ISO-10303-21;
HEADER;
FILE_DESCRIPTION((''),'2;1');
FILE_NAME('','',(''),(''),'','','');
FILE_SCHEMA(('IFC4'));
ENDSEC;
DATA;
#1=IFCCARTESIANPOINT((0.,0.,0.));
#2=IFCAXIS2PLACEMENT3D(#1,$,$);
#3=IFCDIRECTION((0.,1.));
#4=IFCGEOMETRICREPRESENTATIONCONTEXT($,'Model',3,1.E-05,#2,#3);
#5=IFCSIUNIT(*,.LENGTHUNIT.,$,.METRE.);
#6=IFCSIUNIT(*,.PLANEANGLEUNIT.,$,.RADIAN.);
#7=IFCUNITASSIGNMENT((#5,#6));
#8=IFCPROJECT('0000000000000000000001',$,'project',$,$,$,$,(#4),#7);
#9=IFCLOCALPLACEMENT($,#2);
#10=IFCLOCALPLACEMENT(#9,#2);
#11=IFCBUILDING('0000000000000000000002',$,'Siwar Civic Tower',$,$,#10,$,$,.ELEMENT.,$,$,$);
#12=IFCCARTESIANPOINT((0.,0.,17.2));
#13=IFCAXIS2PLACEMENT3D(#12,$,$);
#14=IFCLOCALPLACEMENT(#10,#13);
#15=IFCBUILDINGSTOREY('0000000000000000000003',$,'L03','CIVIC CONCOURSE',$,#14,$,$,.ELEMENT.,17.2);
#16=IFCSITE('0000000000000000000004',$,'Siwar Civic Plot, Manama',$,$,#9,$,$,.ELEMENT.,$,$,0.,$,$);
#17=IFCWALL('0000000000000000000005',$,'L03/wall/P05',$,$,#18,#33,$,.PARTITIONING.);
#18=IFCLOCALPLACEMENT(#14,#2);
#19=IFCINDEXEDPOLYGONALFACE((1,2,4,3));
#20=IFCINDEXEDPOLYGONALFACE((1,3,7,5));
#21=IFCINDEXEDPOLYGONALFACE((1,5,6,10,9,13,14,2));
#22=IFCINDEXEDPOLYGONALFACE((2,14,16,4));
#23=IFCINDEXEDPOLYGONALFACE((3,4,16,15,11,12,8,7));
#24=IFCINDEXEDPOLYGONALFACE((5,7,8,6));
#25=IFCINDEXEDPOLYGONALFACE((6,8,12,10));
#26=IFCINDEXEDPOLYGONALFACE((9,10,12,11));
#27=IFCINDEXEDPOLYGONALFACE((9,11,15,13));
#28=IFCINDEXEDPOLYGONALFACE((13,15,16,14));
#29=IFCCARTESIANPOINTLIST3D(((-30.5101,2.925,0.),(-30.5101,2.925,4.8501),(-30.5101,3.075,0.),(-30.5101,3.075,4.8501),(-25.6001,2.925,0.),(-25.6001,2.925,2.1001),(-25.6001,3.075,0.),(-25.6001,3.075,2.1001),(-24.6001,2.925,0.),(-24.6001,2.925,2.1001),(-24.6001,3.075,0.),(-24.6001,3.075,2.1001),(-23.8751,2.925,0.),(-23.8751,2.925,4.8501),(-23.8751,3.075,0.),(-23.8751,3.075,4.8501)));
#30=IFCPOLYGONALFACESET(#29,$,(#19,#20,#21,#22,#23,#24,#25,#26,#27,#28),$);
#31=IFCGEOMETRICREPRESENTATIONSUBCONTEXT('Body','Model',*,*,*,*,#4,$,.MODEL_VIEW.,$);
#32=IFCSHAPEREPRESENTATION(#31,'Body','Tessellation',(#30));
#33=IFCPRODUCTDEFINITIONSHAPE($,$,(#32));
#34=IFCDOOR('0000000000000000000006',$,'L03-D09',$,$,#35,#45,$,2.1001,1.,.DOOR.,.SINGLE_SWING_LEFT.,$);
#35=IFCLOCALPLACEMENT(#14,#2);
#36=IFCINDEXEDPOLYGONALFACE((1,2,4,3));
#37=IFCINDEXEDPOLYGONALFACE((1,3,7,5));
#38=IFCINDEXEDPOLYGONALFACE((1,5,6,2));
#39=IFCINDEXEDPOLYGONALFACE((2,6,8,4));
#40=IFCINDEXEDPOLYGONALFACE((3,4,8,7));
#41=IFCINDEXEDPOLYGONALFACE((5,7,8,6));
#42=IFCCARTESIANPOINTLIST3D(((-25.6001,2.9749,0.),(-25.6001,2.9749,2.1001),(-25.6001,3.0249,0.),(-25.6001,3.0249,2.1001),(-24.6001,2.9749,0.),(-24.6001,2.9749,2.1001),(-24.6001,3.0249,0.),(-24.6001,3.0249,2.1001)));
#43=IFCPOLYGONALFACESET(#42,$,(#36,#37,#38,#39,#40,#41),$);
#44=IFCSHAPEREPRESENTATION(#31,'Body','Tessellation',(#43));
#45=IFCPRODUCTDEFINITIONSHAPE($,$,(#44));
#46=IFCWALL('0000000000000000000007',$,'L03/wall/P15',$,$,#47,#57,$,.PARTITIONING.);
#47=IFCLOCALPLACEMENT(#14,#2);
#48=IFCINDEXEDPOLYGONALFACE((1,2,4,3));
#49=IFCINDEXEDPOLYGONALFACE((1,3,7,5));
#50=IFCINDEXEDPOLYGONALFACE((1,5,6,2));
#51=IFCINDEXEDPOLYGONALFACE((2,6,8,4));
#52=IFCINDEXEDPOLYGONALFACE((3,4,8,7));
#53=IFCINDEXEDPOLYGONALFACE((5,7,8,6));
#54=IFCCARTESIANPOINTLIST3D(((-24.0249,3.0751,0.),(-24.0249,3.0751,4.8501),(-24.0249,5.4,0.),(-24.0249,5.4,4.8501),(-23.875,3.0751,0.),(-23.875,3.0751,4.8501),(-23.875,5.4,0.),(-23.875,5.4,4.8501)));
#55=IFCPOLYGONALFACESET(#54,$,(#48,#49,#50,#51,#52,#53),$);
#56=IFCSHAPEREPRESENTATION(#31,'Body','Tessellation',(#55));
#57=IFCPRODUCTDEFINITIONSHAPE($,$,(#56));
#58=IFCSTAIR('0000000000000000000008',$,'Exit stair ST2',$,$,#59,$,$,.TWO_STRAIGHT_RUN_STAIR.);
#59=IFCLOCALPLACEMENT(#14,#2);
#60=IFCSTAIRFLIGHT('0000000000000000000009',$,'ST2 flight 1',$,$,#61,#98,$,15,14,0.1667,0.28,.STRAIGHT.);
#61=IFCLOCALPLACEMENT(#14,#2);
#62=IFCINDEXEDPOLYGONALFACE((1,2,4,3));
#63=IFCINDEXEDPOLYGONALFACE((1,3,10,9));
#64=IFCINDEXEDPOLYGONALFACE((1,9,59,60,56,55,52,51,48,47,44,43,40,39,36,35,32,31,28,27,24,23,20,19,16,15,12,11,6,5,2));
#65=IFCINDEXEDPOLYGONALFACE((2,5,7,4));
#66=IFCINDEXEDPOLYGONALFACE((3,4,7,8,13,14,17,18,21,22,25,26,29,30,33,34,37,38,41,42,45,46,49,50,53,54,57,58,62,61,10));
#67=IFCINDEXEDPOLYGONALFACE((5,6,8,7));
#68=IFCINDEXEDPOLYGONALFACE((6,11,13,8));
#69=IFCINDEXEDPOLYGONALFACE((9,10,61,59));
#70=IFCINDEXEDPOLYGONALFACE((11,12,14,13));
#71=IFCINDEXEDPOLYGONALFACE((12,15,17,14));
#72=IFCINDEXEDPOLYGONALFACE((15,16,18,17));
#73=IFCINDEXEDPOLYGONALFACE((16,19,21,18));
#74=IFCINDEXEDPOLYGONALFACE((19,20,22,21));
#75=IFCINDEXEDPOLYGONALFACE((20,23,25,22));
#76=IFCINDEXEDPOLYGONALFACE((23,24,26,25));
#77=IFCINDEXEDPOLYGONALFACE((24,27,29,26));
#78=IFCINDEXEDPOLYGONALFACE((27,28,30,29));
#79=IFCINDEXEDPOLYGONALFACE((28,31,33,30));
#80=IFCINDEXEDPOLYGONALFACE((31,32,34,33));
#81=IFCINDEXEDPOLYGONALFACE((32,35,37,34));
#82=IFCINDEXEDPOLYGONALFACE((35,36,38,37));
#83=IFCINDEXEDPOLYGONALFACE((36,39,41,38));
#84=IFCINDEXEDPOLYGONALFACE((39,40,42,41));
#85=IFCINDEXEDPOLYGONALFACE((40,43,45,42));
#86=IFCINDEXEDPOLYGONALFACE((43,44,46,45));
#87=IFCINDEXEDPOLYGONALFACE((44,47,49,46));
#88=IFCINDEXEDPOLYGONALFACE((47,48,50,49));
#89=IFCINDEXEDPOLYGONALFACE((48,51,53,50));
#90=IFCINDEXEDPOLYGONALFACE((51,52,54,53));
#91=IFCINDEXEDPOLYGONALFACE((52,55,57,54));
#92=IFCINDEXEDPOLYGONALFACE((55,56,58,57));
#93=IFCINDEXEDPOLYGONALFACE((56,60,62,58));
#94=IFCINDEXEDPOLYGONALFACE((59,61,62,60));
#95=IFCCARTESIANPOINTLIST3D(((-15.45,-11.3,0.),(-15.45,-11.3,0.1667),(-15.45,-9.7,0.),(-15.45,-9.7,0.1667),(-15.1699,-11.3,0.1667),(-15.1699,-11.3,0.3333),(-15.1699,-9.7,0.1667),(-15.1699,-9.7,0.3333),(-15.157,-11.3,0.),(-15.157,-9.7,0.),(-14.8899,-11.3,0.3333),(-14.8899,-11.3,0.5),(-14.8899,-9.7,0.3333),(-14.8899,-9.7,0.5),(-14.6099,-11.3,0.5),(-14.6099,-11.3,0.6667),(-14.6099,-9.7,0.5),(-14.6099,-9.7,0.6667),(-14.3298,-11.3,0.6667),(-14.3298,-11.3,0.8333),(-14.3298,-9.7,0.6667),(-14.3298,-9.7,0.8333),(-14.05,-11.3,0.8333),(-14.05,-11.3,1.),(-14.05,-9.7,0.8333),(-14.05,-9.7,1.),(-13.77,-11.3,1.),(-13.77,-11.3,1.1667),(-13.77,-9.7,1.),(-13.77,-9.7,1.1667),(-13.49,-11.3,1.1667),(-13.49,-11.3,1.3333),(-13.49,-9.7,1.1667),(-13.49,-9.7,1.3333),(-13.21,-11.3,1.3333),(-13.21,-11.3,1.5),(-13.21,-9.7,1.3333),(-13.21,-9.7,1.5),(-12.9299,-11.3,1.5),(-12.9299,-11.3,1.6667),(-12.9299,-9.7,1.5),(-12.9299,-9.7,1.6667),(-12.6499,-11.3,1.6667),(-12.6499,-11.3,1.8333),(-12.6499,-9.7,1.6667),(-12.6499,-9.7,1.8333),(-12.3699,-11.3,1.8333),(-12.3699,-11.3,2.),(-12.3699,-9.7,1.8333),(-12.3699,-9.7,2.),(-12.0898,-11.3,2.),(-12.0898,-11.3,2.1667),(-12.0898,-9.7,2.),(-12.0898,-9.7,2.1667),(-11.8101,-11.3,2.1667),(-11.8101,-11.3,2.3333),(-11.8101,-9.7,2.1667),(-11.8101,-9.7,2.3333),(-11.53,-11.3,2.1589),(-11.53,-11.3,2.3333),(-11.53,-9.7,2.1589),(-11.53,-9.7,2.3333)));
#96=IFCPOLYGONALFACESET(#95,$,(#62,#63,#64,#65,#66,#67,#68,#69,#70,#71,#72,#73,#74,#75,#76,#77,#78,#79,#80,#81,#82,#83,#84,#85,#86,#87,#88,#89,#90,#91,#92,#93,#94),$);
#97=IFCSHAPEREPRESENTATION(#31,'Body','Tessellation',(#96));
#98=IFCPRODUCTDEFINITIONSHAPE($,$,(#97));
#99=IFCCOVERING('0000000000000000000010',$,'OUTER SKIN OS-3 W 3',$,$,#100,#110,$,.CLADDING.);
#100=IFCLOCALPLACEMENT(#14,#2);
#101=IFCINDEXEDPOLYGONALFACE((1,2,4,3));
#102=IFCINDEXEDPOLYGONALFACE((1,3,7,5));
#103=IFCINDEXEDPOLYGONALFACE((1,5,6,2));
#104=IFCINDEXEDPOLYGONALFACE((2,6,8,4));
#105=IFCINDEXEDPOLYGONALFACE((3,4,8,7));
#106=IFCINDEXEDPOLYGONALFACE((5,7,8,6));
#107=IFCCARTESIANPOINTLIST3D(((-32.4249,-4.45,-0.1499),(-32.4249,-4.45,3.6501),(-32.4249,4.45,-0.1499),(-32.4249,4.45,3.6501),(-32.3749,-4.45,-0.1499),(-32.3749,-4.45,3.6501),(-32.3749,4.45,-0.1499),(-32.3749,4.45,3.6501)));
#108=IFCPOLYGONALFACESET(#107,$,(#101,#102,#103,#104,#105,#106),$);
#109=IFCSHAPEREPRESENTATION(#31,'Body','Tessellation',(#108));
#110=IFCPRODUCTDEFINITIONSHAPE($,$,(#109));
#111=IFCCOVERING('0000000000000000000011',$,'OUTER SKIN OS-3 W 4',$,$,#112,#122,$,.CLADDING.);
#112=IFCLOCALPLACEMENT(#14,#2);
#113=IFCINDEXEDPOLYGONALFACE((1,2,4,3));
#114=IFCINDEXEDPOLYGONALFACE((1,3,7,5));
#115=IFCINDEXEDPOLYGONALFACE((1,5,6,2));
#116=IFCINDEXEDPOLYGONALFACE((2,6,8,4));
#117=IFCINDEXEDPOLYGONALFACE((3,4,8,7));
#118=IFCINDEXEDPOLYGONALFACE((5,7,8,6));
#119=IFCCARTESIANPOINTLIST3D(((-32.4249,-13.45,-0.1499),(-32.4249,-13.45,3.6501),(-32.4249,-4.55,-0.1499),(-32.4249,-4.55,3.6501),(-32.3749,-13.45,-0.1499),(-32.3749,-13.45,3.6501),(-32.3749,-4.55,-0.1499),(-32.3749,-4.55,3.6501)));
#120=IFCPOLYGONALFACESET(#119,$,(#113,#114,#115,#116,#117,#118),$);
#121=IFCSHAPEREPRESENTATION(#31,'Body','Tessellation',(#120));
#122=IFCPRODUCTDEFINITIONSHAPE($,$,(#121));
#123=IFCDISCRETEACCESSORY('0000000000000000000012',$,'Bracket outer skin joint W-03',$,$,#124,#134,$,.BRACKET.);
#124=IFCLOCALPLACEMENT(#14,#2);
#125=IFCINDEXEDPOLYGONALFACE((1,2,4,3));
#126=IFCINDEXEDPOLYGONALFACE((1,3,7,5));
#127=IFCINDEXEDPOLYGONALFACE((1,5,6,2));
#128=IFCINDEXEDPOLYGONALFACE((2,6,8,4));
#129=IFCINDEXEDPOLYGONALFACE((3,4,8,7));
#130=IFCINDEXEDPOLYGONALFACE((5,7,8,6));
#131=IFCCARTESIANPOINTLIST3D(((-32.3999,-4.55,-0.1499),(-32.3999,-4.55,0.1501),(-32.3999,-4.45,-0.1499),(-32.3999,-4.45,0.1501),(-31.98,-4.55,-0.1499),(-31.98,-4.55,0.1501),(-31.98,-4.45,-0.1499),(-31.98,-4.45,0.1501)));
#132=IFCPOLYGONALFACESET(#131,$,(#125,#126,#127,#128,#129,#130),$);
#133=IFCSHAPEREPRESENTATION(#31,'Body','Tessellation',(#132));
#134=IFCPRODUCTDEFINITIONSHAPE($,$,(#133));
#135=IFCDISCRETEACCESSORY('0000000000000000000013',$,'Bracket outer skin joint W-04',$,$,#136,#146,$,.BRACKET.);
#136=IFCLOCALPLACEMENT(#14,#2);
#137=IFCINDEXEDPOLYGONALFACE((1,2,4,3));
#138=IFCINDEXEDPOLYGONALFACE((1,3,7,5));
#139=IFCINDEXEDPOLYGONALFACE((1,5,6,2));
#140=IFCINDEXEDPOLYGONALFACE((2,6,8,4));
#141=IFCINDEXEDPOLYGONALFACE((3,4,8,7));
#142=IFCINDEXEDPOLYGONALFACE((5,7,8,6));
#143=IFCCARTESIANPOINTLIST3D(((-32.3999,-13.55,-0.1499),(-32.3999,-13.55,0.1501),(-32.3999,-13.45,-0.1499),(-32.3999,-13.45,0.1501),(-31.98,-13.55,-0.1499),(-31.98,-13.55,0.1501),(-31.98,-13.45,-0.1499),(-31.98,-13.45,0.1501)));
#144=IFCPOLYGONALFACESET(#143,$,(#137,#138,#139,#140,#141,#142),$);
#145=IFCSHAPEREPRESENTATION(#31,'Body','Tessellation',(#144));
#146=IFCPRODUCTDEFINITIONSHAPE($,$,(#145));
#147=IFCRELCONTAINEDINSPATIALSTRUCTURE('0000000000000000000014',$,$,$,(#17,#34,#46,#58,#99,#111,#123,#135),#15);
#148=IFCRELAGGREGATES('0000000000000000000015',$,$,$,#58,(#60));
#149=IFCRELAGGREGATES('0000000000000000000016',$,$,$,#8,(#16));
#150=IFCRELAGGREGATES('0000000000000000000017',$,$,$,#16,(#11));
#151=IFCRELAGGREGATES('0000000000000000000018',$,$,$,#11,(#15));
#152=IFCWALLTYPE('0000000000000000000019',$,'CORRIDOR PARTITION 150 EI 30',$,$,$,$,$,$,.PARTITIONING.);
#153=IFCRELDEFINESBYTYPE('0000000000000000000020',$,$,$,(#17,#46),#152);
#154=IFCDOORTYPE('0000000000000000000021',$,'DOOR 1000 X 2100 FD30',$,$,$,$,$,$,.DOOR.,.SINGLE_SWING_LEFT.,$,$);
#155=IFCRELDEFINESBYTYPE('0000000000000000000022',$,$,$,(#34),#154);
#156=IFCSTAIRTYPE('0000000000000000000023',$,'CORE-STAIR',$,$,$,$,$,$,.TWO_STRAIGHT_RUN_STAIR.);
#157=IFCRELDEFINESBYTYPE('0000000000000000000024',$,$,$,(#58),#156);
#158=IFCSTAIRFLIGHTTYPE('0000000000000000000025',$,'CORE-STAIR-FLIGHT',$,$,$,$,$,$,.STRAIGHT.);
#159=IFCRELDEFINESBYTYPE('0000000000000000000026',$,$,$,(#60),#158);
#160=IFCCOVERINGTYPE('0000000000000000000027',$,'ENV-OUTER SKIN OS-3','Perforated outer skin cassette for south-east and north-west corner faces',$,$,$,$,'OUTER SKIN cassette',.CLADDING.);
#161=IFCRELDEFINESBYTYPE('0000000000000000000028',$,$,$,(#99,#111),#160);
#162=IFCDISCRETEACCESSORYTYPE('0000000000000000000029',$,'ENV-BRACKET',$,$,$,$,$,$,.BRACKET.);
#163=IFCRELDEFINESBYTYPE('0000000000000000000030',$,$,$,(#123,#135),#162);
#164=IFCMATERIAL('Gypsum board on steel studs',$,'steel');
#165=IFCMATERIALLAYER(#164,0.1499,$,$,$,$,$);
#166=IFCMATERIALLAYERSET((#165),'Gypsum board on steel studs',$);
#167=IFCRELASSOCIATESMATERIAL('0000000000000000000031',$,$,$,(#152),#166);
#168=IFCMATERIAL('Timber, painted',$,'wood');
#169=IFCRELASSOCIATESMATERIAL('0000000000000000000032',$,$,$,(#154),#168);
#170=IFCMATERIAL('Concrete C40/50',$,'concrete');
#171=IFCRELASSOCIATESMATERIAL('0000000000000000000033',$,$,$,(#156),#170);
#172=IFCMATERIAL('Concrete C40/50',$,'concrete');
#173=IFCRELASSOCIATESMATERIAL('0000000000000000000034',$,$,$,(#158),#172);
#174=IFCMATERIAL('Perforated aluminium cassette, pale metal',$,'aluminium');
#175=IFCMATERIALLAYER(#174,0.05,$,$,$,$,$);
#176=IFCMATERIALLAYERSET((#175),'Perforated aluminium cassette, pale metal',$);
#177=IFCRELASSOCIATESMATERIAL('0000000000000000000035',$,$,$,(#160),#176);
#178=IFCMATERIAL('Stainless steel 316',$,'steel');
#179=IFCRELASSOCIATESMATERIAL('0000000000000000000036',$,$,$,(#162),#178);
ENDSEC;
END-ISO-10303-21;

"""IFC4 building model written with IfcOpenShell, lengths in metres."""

from ifc_helpers import new_model, si_unit, direction, frame, frame_2d, origin, origin_2d, place, context, subcontext, project, spatial, polyline, rectangle, outline, extrude, material, layer, layer_set, type_object, element, fill, aggregate, save


model = new_model("IFC4")

# Units and contexts
model_context = context("Model", 3, precision=1e-05, world=origin(), true_north=direction((0.0, 1.0)))
body_context = subcontext(model_context, "Body", "Model", "MODEL_VIEW")
ifc_project = project(units=[si_unit("LENGTHUNIT", "METRE"), si_unit("PLANEANGLEUNIT", "RADIAN")], contexts=[model_context])

# Site, building, storey
site_placement = place(None, origin())
site = spatial("IfcSite", under=ifc_project, at=site_placement, Name="Siwar Civic Plot, Manama", CompositionType="ELEMENT", RefElevation=0.0)
building_placement = place(site_placement, origin())
building = spatial("IfcBuilding", under=site, at=building_placement, Name="Siwar Civic Tower", CompositionType="ELEMENT")
storey_placement = place(building_placement, frame((0.0, 0.0, 17.2)))
storey = spatial("IfcBuildingStorey", under=building, at=storey_placement, Name="L03", Description="CIVIC CONCOURSE", CompositionType="ELEMENT", Elevation=17.2)

# Wall, opening, door
ifc_material_1 = material(Name="Gypsum board on steel studs", Category="steel")
ifc_layer_1 = layer(ifc_material_1, 0.1499)
ifc_layer_set_1 = layer_set([ifc_layer_1], Name="Gypsum board on steel studs")
wall_type_1 = type_object("IfcWallType", Name="CORRIDOR PARTITION 150 EI 30", PredefinedType="PARTITIONING", material=ifc_layer_set_1)
wall_1_placement = place(storey_placement, frame((-30.51, 3.0, 0.0), z_axis=(0.0, 0.0, 1.0), x_axis=(1.0, 0.0, 0.0)))
wall_1 = element("IfcWall", 1, at=wall_1_placement, inside=storey, type_object=wall_type_1, Name="L03/wall/P05", PredefinedType="PARTITIONING", context=body_context, shape_type="SweptSolid", body=[
    extrude(rectangle(XDim=6.635, YDim=0.1499, at=frame_2d((3.3174, 0.0))), origin(), (0.0, 0.0, 1.0), 4.8501),
])
opening_1_placement = place(wall_1_placement, frame((4.9099, 0.0, 0.0)))
opening_1 = element("IfcOpeningElement", 2, at=opening_1_placement, cuts=wall_1, PredefinedType="OPENING", context=body_context, shape_type="SweptSolid", body=[
    extrude(rectangle(XDim=1.0, YDim=2.1001, at=frame_2d((0.5, 1.05))), frame((0.0, 0.085, 0.0), z_axis=(0.0, -1.0, 0.0), x_axis=(1.0, 0.0, 0.0)), (0.0, 0.0, 1.0), 0.1699),
])
ifc_material_2 = material(Name="Timber, painted", Category="wood")
door_type_1 = type_object("IfcDoorType", Name="DOOR 1000 X 2100 FD30", OperationType="SINGLE_SWING_LEFT", PredefinedType="DOOR", material=ifc_material_2)
door_1_placement = place(opening_1_placement, origin())
door_1 = element("IfcDoor", 3, at=door_1_placement, inside=storey, type_object=door_type_1, Name="L03-D09", OperationType="SINGLE_SWING_LEFT", OverallHeight=2.1001, OverallWidth=1.0, PredefinedType="DOOR", context=body_context, shape_type="SweptSolid", body=[
    extrude(rectangle(XDim=1.0, YDim=2.1001, at=frame_2d((0.5, 1.05))), frame((0.0, 0.0249, 0.0), z_axis=(0.0, -1.0, 0.0), x_axis=(1.0, 0.0, 0.0)), (0.0, 0.0, 1.0), 0.05),
])
fill(opening_1, door_1)

# Wall
wall_2_placement = place(storey_placement, frame((-23.95, 3.075, 0.0), z_axis=(0.0, 0.0, 1.0), x_axis=(0.0, 1.0, 0.0)))
element("IfcWall", 4, at=wall_2_placement, inside=storey, type_object=wall_type_1, Name="L03/wall/P15", PredefinedType="PARTITIONING", context=body_context, shape_type="SweptSolid", body=[
    extrude(rectangle(XDim=2.325, YDim=0.1499, at=frame_2d((1.1626, 0.0))), origin(), (0.0, 0.0, 1.0), 4.8501),
])

# Stair, stair flight
ifc_material_3 = material(Name="Concrete C40/50", Category="concrete")
stair_type = type_object("IfcStairType", Name="CORE-STAIR", PredefinedType="TWO_STRAIGHT_RUN_STAIR", material=ifc_material_3)
stair_placement = place(storey_placement, origin())
stair = element("IfcStair", 5, at=stair_placement, inside=storey, type_object=stair_type, Name="Exit stair ST2", PredefinedType="TWO_STRAIGHT_RUN_STAIR")
ifc_material_4 = material(Name="Concrete C40/50", Category="concrete")
stair_flight_type = type_object("IfcStairFlightType", Name="CORE-STAIR-FLIGHT", PredefinedType="STRAIGHT", material=ifc_material_4)
stair_flight_placement = place(storey_placement, frame((-15.45, -10.5, 0.0), z_axis=(0.0, 0.0, 1.0), x_axis=(1.0, 0.0, 0.0)))
stair_flight = element("IfcStairFlight", 6, at=stair_flight_placement, type_object=stair_flight_type, Name="ST2 flight 1", NumberOfRisers=15, NumberOfTreads=14, PredefinedType="STRAIGHT", RiserHeight=0.1667, TreadLength=0.28, context=body_context, shape_type="SweptSolid", body=[
    extrude(outline(polyline([(0.0, 0.0), (0.0, 0.1667), (0.28, 0.1667), (0.28, 0.3333), (0.5601, 0.3333), (0.5601, 0.5), (0.8401, 0.5), (0.8401, 0.6667), (1.1201, 0.6667), (1.1201, 0.8333), (1.3999, 0.8333), (1.3999, 1.0), (1.6799, 1.0), (1.6799, 1.1667), (1.96, 1.1667), (1.96, 1.3333), (2.24, 1.3333), (2.24, 1.5), (2.52, 1.5), (2.52, 1.6667), (2.8, 1.6667), (2.8, 1.8333), (3.0801, 1.8333), (3.0801, 2.0), (3.3601, 2.0), (3.3601, 2.1667), (3.6399, 2.1667), (3.6399, 2.3333), (3.9199, 2.3333), (3.9199, 2.5), (3.9199, 2.1589), (0.293, 0.0), (0.0, 0.0)])), frame((0.0, 0.8, 0.0), z_axis=(0.0, -1.0, 0.0), x_axis=(1.0, 0.0, 0.0)), (0.0, 0.0, 1.0), 1.6001),
])
aggregate(stair, [stair_flight])

# Coverings
ifc_material_5 = material(Name="Perforated aluminium cassette, pale metal", Category="aluminium")
ifc_layer_2 = layer(ifc_material_5, 0.05)
ifc_layer_set_2 = layer_set([ifc_layer_2], Name="Perforated aluminium cassette, pale metal")
covering_type = type_object("IfcCoveringType", Name="ENV-OUTER SKIN OS-3", Description="Perforated outer skin cassette for south-east and north-west corner faces", ElementType="OUTER SKIN cassette", PredefinedType="CLADDING", material=ifc_layer_set_2)
for number, where, z_axis, x_axis, name in (
    (7, (-32.3999, 0.0, -0.1499), (0.0, 0.0, 1.0), (0.0, -1.0, 0.0), "OUTER SKIN OS-3 W 3"),
    (8, (-32.3999, -9.0, -0.1499), (0.0, 0.0, 1.0), (0.0, -1.0, 0.0), "OUTER SKIN OS-3 W 4"),
):
    element("IfcCovering", number, at=place(storey_placement, frame(where, z_axis=z_axis, x_axis=x_axis)), inside=storey, type_object=covering_type, Name=name, PredefinedType="CLADDING", context=body_context, shape_type="SweptSolid", body=[
        extrude(rectangle(XDim=8.8999, YDim=0.05, at=origin_2d()), origin(), (0.0, 0.0, 1.0), 3.8),
    ])

# Discrete accessories
ifc_material_6 = material(Name="Stainless steel 316", Category="steel")
discrete_accessory_type = type_object("IfcDiscreteAccessoryType", Name="ENV-BRACKET", PredefinedType="BRACKET", material=ifc_material_6)
for number, where, z_axis, x_axis, name in (
    (9, (-32.1899, -4.5, -0.1499), (0.0, 0.0, 1.0), (-1.0, 0.0, 0.0), "Bracket outer skin joint W-03"),
    (10, (-32.1899, -13.5, -0.1499), (0.0, 0.0, 1.0), (-1.0, 0.0, 0.0), "Bracket outer skin joint W-04"),
):
    element("IfcDiscreteAccessory", number, at=place(storey_placement, frame(where, z_axis=z_axis, x_axis=x_axis)), inside=storey, type_object=discrete_accessory_type, Name=name, PredefinedType="BRACKET", context=body_context, shape_type="SweptSolid", body=[
        extrude(rectangle(XDim=0.4199, YDim=0.1001, at=origin_2d()), origin(), (0.0, 0.0, 1.0), 0.3),
    ])

save(model, "model.ifc")
